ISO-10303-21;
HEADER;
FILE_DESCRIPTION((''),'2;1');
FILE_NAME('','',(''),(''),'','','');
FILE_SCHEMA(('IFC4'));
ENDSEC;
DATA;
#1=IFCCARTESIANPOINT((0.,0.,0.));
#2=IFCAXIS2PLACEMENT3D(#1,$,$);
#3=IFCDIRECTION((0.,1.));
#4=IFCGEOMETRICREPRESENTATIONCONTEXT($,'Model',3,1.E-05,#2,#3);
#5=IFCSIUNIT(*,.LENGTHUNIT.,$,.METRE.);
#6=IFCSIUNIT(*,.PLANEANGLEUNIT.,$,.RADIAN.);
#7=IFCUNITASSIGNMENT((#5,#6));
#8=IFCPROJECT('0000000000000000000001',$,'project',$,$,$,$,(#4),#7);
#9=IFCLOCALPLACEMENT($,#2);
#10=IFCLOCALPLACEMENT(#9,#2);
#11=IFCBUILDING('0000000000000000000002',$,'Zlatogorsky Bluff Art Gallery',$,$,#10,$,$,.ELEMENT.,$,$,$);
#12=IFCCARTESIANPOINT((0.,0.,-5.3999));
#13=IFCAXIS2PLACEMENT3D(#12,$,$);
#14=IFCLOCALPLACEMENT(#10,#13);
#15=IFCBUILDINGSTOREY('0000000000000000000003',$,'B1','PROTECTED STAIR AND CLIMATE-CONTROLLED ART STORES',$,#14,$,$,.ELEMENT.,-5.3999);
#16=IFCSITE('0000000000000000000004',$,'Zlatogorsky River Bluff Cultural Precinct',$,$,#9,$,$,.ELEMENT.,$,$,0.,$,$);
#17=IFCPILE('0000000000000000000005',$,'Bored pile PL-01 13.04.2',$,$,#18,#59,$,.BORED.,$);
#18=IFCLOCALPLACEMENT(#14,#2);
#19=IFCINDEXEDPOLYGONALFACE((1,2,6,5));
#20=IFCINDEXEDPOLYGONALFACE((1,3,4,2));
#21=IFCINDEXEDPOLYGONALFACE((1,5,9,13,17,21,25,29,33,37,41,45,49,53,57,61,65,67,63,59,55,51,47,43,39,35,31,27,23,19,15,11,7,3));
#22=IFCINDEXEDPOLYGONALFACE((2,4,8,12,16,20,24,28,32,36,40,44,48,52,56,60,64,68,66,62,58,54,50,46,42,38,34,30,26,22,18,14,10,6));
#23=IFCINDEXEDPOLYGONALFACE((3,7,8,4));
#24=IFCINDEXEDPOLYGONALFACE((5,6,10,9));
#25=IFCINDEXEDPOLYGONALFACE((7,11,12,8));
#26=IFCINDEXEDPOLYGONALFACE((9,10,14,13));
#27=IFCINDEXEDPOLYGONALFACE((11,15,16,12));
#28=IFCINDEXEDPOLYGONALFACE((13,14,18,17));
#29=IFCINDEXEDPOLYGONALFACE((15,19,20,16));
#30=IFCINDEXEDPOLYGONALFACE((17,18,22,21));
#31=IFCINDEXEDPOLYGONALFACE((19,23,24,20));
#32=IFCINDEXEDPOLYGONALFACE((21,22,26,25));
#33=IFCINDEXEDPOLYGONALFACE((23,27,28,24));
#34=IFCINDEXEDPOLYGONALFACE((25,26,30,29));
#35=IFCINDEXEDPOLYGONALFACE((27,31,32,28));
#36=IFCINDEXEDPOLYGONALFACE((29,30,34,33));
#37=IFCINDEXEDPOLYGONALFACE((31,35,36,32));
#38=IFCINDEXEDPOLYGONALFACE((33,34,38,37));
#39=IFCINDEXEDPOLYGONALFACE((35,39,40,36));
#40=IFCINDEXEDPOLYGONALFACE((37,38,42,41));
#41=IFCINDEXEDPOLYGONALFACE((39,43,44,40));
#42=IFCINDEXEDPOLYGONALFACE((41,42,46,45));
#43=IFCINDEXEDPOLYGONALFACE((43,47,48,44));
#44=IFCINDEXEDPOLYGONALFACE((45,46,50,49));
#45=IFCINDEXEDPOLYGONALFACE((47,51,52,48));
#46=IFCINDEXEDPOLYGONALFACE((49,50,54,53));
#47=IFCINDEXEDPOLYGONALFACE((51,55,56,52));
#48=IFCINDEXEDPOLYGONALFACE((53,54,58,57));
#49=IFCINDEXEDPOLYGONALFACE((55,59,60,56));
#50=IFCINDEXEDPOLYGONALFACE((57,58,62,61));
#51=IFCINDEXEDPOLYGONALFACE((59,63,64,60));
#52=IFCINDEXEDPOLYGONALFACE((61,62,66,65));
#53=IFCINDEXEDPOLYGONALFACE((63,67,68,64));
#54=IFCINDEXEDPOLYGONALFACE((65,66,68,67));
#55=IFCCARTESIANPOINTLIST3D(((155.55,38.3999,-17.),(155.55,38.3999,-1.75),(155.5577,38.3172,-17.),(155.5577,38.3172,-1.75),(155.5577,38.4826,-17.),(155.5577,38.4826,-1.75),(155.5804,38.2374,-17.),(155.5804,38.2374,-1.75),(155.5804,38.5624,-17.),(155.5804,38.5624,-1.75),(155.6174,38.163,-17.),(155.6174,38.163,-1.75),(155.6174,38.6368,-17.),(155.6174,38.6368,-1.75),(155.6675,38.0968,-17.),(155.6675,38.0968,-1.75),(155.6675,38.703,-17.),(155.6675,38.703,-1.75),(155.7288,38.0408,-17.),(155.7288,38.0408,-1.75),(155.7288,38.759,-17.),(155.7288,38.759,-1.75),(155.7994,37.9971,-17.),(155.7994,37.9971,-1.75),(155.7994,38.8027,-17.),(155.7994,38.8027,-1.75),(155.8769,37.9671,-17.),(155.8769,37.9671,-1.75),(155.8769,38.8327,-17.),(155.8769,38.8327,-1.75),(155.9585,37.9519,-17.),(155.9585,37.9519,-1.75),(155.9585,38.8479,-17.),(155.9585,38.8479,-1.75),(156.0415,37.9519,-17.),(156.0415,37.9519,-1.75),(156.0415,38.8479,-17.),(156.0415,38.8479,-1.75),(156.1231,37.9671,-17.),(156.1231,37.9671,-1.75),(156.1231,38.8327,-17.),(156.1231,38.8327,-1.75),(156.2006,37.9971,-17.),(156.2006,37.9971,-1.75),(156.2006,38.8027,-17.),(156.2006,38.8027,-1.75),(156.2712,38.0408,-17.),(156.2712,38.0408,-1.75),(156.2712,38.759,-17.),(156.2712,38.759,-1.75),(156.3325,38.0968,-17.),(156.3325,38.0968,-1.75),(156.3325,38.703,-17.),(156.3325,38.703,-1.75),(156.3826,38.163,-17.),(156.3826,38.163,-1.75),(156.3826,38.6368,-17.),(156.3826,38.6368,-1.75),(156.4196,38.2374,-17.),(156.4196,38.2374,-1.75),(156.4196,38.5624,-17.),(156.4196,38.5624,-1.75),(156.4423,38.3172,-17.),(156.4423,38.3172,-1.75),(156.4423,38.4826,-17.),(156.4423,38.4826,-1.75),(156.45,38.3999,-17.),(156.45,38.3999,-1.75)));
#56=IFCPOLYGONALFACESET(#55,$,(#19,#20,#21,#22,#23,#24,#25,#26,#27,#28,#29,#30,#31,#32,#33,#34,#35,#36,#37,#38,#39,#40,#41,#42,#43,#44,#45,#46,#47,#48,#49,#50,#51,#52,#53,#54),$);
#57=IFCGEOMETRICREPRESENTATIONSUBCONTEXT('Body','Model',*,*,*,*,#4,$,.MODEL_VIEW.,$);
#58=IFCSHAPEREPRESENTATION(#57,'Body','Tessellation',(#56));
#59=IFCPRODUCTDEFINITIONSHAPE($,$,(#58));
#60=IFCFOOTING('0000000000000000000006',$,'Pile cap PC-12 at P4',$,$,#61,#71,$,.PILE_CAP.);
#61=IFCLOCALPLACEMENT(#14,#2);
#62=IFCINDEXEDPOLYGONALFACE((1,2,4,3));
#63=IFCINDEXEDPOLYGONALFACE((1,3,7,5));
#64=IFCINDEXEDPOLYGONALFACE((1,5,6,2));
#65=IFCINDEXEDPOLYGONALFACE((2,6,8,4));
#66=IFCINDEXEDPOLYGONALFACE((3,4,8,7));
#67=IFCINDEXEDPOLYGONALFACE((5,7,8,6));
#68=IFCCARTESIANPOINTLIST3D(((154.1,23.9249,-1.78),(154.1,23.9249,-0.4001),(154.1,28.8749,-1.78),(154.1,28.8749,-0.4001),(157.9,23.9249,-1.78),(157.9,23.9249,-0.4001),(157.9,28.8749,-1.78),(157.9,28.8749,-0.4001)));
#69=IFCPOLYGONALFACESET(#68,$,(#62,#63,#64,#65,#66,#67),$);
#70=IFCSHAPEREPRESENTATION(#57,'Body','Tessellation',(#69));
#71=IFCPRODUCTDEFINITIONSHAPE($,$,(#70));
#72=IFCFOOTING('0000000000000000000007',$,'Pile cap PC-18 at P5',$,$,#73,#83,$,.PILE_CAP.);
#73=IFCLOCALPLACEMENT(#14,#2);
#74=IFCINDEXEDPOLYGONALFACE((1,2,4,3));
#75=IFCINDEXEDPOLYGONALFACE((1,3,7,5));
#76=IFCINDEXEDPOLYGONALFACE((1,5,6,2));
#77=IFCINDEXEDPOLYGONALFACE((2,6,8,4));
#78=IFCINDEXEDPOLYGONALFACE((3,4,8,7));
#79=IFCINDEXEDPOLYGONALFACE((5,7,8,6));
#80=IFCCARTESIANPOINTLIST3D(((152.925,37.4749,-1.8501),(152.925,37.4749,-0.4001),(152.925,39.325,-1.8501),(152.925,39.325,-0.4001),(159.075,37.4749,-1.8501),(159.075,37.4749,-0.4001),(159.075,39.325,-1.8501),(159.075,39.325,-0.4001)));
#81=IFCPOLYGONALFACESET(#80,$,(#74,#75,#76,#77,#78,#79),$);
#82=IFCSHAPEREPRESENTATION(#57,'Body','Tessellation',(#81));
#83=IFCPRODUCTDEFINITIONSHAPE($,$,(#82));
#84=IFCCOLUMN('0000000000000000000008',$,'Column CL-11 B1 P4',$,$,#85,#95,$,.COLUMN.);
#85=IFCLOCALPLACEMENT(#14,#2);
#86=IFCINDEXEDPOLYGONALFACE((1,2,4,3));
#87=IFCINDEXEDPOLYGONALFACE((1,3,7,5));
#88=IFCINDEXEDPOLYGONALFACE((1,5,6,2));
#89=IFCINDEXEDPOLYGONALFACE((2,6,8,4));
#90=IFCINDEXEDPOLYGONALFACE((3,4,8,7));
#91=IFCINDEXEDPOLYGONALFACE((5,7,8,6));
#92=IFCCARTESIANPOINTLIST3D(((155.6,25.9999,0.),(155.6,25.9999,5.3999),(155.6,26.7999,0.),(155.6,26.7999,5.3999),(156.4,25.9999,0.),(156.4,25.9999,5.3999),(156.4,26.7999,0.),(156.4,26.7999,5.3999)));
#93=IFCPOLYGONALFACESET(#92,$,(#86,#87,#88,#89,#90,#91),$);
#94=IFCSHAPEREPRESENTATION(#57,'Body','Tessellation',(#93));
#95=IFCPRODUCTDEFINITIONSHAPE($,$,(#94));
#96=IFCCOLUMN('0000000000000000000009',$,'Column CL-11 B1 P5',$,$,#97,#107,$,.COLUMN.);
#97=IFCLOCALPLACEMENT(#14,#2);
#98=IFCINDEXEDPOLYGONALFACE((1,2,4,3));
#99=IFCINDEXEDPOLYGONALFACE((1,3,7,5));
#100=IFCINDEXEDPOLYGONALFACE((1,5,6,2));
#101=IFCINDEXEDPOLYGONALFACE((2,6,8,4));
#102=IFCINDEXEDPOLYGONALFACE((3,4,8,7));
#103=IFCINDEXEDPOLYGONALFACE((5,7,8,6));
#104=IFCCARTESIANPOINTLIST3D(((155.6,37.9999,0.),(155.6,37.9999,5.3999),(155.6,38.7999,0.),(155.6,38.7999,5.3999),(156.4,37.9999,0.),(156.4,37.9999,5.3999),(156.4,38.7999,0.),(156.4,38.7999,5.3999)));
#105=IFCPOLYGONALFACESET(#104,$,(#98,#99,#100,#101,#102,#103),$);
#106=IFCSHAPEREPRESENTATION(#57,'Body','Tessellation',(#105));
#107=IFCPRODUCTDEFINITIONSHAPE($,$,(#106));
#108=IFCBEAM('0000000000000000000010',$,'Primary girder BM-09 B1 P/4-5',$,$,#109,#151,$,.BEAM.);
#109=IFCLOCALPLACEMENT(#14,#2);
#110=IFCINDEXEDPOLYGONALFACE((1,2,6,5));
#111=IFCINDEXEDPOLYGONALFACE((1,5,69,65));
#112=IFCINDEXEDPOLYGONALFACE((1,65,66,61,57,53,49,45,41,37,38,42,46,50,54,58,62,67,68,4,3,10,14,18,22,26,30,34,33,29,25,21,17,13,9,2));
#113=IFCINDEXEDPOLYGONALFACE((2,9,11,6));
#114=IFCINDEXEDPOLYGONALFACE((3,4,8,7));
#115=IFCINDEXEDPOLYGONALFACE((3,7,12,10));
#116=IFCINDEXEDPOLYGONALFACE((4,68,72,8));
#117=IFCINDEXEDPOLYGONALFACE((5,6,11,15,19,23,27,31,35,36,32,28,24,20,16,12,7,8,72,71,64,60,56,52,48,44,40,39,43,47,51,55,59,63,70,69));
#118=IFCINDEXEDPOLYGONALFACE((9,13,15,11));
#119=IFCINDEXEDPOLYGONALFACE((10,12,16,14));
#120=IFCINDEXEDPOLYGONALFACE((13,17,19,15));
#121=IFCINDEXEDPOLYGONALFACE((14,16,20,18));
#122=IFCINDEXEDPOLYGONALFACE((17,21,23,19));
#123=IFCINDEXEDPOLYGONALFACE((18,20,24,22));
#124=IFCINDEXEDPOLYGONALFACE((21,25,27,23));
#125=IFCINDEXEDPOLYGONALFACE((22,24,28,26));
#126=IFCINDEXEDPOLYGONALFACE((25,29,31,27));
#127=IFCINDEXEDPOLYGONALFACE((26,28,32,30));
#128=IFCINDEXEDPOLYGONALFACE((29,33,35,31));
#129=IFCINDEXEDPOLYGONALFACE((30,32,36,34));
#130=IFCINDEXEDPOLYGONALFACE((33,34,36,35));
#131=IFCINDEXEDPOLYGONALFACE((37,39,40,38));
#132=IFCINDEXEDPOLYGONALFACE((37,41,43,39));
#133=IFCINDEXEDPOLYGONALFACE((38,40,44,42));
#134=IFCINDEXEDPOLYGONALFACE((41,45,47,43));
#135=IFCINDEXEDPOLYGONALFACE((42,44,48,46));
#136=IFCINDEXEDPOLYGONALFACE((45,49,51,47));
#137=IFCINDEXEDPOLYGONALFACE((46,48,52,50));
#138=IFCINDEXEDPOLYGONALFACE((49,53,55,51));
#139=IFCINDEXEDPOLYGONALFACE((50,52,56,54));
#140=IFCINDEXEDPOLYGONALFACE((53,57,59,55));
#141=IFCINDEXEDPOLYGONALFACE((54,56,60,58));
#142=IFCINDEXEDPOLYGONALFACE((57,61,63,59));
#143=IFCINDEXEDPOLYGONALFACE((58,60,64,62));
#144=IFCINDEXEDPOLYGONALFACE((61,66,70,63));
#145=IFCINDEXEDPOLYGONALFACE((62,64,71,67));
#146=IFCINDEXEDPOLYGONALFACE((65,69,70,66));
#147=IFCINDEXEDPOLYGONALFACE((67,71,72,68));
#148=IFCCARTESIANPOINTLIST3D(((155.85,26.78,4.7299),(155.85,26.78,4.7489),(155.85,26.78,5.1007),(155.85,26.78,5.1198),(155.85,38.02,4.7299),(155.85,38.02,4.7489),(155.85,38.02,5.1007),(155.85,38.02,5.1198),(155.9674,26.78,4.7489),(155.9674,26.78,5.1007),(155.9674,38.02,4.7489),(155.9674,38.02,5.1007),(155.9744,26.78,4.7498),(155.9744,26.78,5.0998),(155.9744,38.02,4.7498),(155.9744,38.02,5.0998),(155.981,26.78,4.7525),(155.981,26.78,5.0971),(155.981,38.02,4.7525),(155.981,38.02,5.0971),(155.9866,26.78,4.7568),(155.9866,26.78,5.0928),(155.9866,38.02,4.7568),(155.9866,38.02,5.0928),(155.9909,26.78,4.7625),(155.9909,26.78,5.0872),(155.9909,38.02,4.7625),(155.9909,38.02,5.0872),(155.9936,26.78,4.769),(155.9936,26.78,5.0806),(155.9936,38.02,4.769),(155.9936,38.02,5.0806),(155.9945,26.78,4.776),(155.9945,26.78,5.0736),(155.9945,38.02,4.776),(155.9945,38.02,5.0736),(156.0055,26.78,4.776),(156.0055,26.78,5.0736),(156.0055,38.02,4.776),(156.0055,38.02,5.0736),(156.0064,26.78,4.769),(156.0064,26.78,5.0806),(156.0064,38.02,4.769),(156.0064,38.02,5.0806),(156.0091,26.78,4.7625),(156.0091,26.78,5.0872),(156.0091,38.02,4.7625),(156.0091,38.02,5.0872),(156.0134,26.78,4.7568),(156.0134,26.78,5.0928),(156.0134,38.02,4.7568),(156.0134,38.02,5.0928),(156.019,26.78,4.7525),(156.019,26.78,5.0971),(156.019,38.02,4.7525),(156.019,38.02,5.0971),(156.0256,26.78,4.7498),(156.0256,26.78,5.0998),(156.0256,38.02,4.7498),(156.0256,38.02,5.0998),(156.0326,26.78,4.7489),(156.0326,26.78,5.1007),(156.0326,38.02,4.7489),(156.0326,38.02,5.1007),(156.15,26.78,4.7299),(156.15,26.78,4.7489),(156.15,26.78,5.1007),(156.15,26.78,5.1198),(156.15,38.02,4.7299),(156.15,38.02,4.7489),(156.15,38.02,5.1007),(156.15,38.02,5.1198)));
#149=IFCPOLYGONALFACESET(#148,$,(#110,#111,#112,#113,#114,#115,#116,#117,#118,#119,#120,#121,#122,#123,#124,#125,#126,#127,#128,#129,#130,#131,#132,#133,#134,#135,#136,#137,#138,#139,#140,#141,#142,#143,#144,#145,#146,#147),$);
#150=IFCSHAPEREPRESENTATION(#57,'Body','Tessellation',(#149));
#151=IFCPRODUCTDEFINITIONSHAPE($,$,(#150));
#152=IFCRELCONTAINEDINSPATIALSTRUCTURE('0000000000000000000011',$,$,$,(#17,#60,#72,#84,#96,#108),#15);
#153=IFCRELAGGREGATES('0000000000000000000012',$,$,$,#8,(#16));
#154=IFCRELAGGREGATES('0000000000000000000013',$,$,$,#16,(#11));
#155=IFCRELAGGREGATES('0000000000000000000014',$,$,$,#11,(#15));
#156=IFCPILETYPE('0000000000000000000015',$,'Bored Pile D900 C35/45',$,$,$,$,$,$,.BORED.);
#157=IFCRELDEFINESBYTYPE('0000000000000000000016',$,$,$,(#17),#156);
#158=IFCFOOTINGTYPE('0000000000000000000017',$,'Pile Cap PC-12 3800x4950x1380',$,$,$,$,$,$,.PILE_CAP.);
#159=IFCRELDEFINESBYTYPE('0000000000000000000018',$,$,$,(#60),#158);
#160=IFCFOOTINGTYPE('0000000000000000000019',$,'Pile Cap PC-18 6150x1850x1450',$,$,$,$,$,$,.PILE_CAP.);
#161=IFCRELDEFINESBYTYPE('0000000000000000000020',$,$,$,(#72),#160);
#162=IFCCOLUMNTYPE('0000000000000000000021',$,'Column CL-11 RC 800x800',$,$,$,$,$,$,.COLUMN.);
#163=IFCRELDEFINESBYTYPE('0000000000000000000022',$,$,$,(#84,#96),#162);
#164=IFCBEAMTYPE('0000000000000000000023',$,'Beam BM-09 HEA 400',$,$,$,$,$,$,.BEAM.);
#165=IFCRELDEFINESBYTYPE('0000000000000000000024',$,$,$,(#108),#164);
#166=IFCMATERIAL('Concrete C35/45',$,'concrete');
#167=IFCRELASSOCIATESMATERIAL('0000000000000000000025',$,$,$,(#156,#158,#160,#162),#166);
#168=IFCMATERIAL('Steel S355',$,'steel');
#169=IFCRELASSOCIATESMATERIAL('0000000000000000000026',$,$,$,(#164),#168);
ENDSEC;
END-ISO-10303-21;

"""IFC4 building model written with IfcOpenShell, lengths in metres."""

from ifc_helpers import new_model, si_unit, direction, frame, origin, origin_2d, place, context, subcontext, project, spatial, rectangle, circle, i_section, extrude, material, material_profile, profile_set, type_object, element, save


model = new_model("IFC4")

# Units and contexts
model_context = context("Model", 3, precision=1e-05, world=origin(), true_north=direction((0.0, 1.0)))
body_context = subcontext(model_context, "Body", "Model", "MODEL_VIEW")
ifc_project = project(units=[si_unit("LENGTHUNIT", "METRE"), si_unit("PLANEANGLEUNIT", "RADIAN")], contexts=[model_context])

# Site, building, storey
site_placement = place(None, origin())
site = spatial("IfcSite", under=ifc_project, at=site_placement, Name="Zlatogorsky River Bluff Cultural Precinct", CompositionType="ELEMENT", RefElevation=0.0)
building_placement = place(site_placement, origin())
building = spatial("IfcBuilding", under=site, at=building_placement, Name="Zlatogorsky Bluff Art Gallery", CompositionType="ELEMENT")
storey_placement = place(building_placement, frame((0.0, 0.0, -5.3999)))
storey = spatial("IfcBuildingStorey", under=building, at=storey_placement, Name="B1", Description="PROTECTED STAIR AND CLIMATE-CONTROLLED ART STORES", CompositionType="ELEMENT", Elevation=-5.3999)

# Pile
ifc_material_1 = material(Name="Concrete C35/45", Category="concrete")
ifc_material_profile_1 = material_profile(ifc_material_1, circle(Radius=0.45, at=origin_2d()), Name="BORED PILE D900")
ifc_profile_set_1 = profile_set([ifc_material_profile_1], Name="Concrete C35/45")
pile_type = type_object("IfcPileType", Name="Bored Pile D900 C35/45", PredefinedType="BORED", material=ifc_profile_set_1)
for number, where, z_axis, x_axis, name in (
    (1, (156.0, 38.3999, -1.75), (0.0, 0.0, -1.0), (1.0, 0.0, 0.0), "Bored pile PL-01 13.04.2"),
):
    element("IfcPile", number, at=place(storey_placement, frame(where, z_axis=z_axis, x_axis=x_axis)), inside=storey, type_object=pile_type, Name=name, PredefinedType="BORED", context=body_context, shape_type="SweptSolid", body=[
        extrude(circle(Radius=0.45, at=origin_2d()), origin(), (0.0, 0.0, 1.0), 15.25),
    ])

# Footings
footing_type_1 = type_object("IfcFootingType", Name="Pile Cap PC-12 3800x4950x1380", PredefinedType="PILE_CAP", material=ifc_material_1)
footing_1_placement = place(storey_placement, frame((156.0, 26.3999, -1.78), z_axis=(0.0, 0.0, 1.0), x_axis=(1.0, 0.0, 0.0)))
element("IfcFooting", 2, at=footing_1_placement, inside=storey, type_object=footing_type_1, Name="Pile cap PC-12 at P4", PredefinedType="PILE_CAP", context=body_context, shape_type="SweptSolid", body=[
    extrude(rectangle(XDim=3.8, YDim=4.95, at=origin_2d()), origin(), (0.0, 0.0, 1.0), 1.3799),
])
footing_type_2 = type_object("IfcFootingType", Name="Pile Cap PC-18 6150x1850x1450", PredefinedType="PILE_CAP", material=ifc_material_1)
footing_2_placement = place(storey_placement, frame((156.0, 38.3999, -1.8501), z_axis=(0.0, 0.0, 1.0), x_axis=(1.0, 0.0, 0.0)))
element("IfcFooting", 3, at=footing_2_placement, inside=storey, type_object=footing_type_2, Name="Pile cap PC-18 at P5", PredefinedType="PILE_CAP", context=body_context, shape_type="SweptSolid", body=[
    extrude(rectangle(XDim=6.1499, YDim=1.8501, at=origin_2d()), origin(), (0.0, 0.0, 1.0), 1.45),
])

# Columns
ifc_material_profile_2 = material_profile(ifc_material_1, rectangle(XDim=0.8, YDim=0.8, at=origin_2d()), Name="RC 800x800")
ifc_profile_set_2 = profile_set([ifc_material_profile_2], Name="Concrete C35/45")
column_type = type_object("IfcColumnType", Name="Column CL-11 RC 800x800", PredefinedType="COLUMN", material=ifc_profile_set_2)
for number, where, z_axis, x_axis, name in (
    (4, (156.0, 26.3999, 0.0), (0.0, 0.0, 1.0), (1.0, 0.0, 0.0), "Column CL-11 B1 P4"),
    (5, (156.0, 38.3999, 0.0), (0.0, 0.0, 1.0), (1.0, 0.0, 0.0), "Column CL-11 B1 P5"),
):
    element("IfcColumn", number, at=place(storey_placement, frame(where, z_axis=z_axis, x_axis=x_axis)), inside=storey, type_object=column_type, Name=name, PredefinedType="COLUMN", context=body_context, shape_type="SweptSolid", body=[
        extrude(rectangle(XDim=0.8, YDim=0.8, at=origin_2d()), origin(), (0.0, 0.0, 1.0), 5.3999),
    ])

# Beam
ifc_material_2 = material(Name="Steel S355", Category="steel")
ifc_material_profile_3 = material_profile(ifc_material_2, i_section(OverallWidth=0.3, OverallDepth=0.3899, WebThickness=0.011, FlangeThickness=0.019, FilletRadius=0.0271, at=origin_2d()), Name="HEA 400")
ifc_profile_set_3 = profile_set([ifc_material_profile_3], Name="Steel S355")
beam_type_1 = type_object("IfcBeamType", Name="Beam BM-09 HEA 400", PredefinedType="BEAM", material=ifc_profile_set_3)
beam_placement = place(storey_placement, frame((156.0, 26.78, 4.9248), z_axis=(0.0, 1.0, 0.0), x_axis=(-1.0, 0.0, 0.0)))
element("IfcBeam", 6, at=beam_placement, inside=storey, type_object=beam_type_1, Name="Primary girder BM-09 B1 P/4-5", PredefinedType="BEAM", context=body_context, shape_type="SweptSolid", body=[
    extrude(i_section(OverallWidth=0.3, OverallDepth=0.3899, WebThickness=0.011, FlangeThickness=0.019, FilletRadius=0.0271, at=origin_2d()), origin(), (0.0, 0.0, 1.0), 11.24),
])

save(model, "model.ifc")
